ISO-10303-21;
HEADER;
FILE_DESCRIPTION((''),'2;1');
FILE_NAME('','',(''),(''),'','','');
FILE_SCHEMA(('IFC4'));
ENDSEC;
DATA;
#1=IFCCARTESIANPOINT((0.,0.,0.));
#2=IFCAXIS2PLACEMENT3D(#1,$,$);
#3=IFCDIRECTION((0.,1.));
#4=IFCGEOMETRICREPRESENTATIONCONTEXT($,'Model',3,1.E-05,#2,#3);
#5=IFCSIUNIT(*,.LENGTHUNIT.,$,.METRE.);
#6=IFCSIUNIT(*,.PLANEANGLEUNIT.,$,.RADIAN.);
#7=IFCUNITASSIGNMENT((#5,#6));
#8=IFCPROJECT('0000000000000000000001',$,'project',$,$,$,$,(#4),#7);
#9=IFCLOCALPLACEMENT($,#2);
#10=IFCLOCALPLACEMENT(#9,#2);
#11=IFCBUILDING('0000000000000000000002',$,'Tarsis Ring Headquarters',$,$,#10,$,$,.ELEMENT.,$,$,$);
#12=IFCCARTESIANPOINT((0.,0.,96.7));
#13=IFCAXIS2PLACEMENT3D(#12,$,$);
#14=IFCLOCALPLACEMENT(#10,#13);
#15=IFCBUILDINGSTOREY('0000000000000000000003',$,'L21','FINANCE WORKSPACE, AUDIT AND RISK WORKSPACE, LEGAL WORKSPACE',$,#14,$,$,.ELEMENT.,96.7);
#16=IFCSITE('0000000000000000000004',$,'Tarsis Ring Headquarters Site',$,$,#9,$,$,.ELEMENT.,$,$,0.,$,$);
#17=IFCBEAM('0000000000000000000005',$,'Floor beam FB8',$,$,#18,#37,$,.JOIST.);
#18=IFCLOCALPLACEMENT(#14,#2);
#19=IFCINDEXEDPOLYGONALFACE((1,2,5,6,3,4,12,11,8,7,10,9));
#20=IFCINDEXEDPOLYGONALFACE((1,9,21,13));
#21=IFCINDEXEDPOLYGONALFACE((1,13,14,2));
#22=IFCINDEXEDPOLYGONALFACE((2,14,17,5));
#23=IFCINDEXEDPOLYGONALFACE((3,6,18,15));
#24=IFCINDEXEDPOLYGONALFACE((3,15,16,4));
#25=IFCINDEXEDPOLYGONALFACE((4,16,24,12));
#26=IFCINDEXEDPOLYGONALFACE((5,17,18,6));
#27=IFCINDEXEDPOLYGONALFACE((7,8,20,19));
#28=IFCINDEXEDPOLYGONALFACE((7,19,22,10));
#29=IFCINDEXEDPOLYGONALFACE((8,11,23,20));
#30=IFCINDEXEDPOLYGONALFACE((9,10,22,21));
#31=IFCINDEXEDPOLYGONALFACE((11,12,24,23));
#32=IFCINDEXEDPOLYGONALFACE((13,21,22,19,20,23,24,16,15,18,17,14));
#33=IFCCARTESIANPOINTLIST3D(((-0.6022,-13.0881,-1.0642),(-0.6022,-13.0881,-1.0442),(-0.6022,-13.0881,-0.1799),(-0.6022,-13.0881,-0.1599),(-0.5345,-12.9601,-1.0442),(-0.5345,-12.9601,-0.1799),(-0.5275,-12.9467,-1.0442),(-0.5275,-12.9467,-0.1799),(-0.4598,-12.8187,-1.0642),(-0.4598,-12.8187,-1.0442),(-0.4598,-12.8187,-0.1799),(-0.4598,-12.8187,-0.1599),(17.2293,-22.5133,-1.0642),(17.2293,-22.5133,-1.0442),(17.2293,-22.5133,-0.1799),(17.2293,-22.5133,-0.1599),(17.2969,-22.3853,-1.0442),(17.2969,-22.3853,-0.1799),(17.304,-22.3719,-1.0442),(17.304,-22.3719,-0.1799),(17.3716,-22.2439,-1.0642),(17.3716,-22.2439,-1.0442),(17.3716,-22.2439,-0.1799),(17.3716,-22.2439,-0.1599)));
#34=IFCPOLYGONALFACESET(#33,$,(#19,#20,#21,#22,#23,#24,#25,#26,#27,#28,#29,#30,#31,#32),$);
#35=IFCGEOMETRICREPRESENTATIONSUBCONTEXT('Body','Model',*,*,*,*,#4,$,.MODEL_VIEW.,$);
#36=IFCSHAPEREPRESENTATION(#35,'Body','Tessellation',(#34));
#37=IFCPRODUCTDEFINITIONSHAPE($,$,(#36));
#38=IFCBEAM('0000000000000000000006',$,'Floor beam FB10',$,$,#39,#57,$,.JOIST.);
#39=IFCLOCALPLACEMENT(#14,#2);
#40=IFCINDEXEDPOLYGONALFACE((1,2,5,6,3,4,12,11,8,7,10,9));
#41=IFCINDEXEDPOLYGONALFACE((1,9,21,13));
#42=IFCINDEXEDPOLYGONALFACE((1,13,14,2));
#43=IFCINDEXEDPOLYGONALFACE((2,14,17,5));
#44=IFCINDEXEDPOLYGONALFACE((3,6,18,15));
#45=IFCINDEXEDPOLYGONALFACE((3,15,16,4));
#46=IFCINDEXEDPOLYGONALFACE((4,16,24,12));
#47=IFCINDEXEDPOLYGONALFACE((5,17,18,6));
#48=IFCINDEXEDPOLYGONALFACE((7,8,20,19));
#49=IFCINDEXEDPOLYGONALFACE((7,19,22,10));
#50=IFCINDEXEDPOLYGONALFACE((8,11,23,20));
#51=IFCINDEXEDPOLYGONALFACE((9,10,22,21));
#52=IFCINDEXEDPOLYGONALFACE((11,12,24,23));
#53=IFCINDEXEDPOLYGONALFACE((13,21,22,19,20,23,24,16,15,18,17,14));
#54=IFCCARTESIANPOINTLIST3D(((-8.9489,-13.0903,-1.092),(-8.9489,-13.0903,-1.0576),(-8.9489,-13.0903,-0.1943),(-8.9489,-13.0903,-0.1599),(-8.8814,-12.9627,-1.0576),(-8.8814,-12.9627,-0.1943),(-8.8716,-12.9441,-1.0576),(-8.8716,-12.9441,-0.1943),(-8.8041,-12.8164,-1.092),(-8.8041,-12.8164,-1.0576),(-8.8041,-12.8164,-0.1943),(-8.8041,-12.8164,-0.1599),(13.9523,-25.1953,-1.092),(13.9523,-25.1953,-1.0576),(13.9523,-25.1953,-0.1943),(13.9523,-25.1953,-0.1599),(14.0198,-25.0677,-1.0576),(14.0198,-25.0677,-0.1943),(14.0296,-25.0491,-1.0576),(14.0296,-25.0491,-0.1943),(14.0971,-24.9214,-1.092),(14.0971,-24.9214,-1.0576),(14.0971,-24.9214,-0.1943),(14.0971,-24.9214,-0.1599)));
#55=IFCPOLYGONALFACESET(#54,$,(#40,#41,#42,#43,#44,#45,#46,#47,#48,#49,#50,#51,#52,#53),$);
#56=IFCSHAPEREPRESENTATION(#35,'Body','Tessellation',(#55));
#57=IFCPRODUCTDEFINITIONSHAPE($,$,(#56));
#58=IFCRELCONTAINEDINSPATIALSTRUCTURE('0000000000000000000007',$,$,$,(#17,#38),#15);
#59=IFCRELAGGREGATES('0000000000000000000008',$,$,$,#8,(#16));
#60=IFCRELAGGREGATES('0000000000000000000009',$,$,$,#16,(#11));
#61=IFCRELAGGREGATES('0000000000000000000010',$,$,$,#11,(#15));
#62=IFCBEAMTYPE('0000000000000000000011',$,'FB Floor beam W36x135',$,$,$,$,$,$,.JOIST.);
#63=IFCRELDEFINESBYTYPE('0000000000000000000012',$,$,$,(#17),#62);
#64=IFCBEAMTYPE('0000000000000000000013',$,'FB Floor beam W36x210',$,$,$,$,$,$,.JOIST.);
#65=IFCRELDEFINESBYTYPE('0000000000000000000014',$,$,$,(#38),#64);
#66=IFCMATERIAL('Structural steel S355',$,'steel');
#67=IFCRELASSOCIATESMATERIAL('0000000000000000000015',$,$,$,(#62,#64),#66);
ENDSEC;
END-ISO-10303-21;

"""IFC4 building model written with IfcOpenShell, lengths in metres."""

from ifc_helpers import new_model, si_unit, direction, frame, origin, origin_2d, place, context, subcontext, project, spatial, i_section, extrude, material, material_profile, profile_set, type_object, element, save


model = new_model("IFC4")

# Units and contexts
model_context = context("Model", 3, precision=1e-05, world=origin(), true_north=direction((0.0, 1.0)))
body_context = subcontext(model_context, "Body", "Model", "MODEL_VIEW")
ifc_project = project(units=[si_unit("LENGTHUNIT", "METRE"), si_unit("PLANEANGLEUNIT", "RADIAN")], contexts=[model_context])

# Site, building, storey
site_placement = place(None, origin())
site = spatial("IfcSite", under=ifc_project, at=site_placement, Name="Tarsis Ring Headquarters Site", CompositionType="ELEMENT", RefElevation=0.0)
building_placement = place(site_placement, origin())
building = spatial("IfcBuilding", under=site, at=building_placement, Name="Tarsis Ring Headquarters", CompositionType="ELEMENT")
storey_placement = place(building_placement, frame((0.0, 0.0, 96.7)))
storey = spatial("IfcBuildingStorey", under=building, at=storey_placement, Name="L21", Description="FINANCE WORKSPACE, AUDIT AND RISK WORKSPACE, LEGAL WORKSPACE", CompositionType="ELEMENT", Elevation=96.7)

# Beams
ifc_material_1 = material(Name="Structural steel S355", Category="steel")
ifc_material_profile_1 = material_profile(ifc_material_1, i_section(OverallWidth=0.3047, OverallDepth=0.9043, WebThickness=0.0151, FlangeThickness=0.02, at=origin_2d()), Name="W36x135")
ifc_profile_set_1 = profile_set([ifc_material_profile_1], Name="Structural steel S355")
beam_type_1 = type_object("IfcBeamType", Name="FB Floor beam W36x135", PredefinedType="JOIST", material=ifc_profile_set_1)
beam_1_placement = place(storey_placement, frame((-0.531, -12.9534, -0.6121), z_axis=(0.884094, -0.467309, 0.0), x_axis=(0.467309, 0.884094, 0.0)))
element("IfcBeam", 1, at=beam_1_placement, inside=storey, type_object=beam_type_1, Name="Floor beam FB8", PredefinedType="JOIST", context=body_context, shape_type="SweptSolid", body=[
    extrude(i_section(OverallWidth=0.3047, OverallDepth=0.9043, WebThickness=0.0151, FlangeThickness=0.02, at=origin_2d()), origin(), (0.0, 0.0, 1.0), 20.1692),
])
ifc_material_profile_2 = material_profile(ifc_material_1, i_section(OverallWidth=0.3098, OverallDepth=0.9321, WebThickness=0.021, FlangeThickness=0.0344, at=origin_2d()), Name="W36x210")
ifc_profile_set_2 = profile_set([ifc_material_profile_2], Name="Structural steel S355")
beam_type_2 = type_object("IfcBeamType", Name="FB Floor beam W36x210", PredefinedType="JOIST", material=ifc_profile_set_2)
beam_2_placement = place(storey_placement, frame((-8.8765, -12.9534, -0.626), z_axis=(0.884093, -0.46731, 0.0), x_axis=(0.46731, 0.884093, 0.0)))
element("IfcBeam", 2, at=beam_2_placement, inside=storey, type_object=beam_type_2, Name="Floor beam FB10", PredefinedType="JOIST", context=body_context, shape_type="SweptSolid", body=[
    extrude(i_section(OverallWidth=0.3098, OverallDepth=0.9321, WebThickness=0.021, FlangeThickness=0.0344, at=origin_2d()), origin(), (0.0, 0.0, 1.0), 25.9036),
])

save(model, "model.ifc")
